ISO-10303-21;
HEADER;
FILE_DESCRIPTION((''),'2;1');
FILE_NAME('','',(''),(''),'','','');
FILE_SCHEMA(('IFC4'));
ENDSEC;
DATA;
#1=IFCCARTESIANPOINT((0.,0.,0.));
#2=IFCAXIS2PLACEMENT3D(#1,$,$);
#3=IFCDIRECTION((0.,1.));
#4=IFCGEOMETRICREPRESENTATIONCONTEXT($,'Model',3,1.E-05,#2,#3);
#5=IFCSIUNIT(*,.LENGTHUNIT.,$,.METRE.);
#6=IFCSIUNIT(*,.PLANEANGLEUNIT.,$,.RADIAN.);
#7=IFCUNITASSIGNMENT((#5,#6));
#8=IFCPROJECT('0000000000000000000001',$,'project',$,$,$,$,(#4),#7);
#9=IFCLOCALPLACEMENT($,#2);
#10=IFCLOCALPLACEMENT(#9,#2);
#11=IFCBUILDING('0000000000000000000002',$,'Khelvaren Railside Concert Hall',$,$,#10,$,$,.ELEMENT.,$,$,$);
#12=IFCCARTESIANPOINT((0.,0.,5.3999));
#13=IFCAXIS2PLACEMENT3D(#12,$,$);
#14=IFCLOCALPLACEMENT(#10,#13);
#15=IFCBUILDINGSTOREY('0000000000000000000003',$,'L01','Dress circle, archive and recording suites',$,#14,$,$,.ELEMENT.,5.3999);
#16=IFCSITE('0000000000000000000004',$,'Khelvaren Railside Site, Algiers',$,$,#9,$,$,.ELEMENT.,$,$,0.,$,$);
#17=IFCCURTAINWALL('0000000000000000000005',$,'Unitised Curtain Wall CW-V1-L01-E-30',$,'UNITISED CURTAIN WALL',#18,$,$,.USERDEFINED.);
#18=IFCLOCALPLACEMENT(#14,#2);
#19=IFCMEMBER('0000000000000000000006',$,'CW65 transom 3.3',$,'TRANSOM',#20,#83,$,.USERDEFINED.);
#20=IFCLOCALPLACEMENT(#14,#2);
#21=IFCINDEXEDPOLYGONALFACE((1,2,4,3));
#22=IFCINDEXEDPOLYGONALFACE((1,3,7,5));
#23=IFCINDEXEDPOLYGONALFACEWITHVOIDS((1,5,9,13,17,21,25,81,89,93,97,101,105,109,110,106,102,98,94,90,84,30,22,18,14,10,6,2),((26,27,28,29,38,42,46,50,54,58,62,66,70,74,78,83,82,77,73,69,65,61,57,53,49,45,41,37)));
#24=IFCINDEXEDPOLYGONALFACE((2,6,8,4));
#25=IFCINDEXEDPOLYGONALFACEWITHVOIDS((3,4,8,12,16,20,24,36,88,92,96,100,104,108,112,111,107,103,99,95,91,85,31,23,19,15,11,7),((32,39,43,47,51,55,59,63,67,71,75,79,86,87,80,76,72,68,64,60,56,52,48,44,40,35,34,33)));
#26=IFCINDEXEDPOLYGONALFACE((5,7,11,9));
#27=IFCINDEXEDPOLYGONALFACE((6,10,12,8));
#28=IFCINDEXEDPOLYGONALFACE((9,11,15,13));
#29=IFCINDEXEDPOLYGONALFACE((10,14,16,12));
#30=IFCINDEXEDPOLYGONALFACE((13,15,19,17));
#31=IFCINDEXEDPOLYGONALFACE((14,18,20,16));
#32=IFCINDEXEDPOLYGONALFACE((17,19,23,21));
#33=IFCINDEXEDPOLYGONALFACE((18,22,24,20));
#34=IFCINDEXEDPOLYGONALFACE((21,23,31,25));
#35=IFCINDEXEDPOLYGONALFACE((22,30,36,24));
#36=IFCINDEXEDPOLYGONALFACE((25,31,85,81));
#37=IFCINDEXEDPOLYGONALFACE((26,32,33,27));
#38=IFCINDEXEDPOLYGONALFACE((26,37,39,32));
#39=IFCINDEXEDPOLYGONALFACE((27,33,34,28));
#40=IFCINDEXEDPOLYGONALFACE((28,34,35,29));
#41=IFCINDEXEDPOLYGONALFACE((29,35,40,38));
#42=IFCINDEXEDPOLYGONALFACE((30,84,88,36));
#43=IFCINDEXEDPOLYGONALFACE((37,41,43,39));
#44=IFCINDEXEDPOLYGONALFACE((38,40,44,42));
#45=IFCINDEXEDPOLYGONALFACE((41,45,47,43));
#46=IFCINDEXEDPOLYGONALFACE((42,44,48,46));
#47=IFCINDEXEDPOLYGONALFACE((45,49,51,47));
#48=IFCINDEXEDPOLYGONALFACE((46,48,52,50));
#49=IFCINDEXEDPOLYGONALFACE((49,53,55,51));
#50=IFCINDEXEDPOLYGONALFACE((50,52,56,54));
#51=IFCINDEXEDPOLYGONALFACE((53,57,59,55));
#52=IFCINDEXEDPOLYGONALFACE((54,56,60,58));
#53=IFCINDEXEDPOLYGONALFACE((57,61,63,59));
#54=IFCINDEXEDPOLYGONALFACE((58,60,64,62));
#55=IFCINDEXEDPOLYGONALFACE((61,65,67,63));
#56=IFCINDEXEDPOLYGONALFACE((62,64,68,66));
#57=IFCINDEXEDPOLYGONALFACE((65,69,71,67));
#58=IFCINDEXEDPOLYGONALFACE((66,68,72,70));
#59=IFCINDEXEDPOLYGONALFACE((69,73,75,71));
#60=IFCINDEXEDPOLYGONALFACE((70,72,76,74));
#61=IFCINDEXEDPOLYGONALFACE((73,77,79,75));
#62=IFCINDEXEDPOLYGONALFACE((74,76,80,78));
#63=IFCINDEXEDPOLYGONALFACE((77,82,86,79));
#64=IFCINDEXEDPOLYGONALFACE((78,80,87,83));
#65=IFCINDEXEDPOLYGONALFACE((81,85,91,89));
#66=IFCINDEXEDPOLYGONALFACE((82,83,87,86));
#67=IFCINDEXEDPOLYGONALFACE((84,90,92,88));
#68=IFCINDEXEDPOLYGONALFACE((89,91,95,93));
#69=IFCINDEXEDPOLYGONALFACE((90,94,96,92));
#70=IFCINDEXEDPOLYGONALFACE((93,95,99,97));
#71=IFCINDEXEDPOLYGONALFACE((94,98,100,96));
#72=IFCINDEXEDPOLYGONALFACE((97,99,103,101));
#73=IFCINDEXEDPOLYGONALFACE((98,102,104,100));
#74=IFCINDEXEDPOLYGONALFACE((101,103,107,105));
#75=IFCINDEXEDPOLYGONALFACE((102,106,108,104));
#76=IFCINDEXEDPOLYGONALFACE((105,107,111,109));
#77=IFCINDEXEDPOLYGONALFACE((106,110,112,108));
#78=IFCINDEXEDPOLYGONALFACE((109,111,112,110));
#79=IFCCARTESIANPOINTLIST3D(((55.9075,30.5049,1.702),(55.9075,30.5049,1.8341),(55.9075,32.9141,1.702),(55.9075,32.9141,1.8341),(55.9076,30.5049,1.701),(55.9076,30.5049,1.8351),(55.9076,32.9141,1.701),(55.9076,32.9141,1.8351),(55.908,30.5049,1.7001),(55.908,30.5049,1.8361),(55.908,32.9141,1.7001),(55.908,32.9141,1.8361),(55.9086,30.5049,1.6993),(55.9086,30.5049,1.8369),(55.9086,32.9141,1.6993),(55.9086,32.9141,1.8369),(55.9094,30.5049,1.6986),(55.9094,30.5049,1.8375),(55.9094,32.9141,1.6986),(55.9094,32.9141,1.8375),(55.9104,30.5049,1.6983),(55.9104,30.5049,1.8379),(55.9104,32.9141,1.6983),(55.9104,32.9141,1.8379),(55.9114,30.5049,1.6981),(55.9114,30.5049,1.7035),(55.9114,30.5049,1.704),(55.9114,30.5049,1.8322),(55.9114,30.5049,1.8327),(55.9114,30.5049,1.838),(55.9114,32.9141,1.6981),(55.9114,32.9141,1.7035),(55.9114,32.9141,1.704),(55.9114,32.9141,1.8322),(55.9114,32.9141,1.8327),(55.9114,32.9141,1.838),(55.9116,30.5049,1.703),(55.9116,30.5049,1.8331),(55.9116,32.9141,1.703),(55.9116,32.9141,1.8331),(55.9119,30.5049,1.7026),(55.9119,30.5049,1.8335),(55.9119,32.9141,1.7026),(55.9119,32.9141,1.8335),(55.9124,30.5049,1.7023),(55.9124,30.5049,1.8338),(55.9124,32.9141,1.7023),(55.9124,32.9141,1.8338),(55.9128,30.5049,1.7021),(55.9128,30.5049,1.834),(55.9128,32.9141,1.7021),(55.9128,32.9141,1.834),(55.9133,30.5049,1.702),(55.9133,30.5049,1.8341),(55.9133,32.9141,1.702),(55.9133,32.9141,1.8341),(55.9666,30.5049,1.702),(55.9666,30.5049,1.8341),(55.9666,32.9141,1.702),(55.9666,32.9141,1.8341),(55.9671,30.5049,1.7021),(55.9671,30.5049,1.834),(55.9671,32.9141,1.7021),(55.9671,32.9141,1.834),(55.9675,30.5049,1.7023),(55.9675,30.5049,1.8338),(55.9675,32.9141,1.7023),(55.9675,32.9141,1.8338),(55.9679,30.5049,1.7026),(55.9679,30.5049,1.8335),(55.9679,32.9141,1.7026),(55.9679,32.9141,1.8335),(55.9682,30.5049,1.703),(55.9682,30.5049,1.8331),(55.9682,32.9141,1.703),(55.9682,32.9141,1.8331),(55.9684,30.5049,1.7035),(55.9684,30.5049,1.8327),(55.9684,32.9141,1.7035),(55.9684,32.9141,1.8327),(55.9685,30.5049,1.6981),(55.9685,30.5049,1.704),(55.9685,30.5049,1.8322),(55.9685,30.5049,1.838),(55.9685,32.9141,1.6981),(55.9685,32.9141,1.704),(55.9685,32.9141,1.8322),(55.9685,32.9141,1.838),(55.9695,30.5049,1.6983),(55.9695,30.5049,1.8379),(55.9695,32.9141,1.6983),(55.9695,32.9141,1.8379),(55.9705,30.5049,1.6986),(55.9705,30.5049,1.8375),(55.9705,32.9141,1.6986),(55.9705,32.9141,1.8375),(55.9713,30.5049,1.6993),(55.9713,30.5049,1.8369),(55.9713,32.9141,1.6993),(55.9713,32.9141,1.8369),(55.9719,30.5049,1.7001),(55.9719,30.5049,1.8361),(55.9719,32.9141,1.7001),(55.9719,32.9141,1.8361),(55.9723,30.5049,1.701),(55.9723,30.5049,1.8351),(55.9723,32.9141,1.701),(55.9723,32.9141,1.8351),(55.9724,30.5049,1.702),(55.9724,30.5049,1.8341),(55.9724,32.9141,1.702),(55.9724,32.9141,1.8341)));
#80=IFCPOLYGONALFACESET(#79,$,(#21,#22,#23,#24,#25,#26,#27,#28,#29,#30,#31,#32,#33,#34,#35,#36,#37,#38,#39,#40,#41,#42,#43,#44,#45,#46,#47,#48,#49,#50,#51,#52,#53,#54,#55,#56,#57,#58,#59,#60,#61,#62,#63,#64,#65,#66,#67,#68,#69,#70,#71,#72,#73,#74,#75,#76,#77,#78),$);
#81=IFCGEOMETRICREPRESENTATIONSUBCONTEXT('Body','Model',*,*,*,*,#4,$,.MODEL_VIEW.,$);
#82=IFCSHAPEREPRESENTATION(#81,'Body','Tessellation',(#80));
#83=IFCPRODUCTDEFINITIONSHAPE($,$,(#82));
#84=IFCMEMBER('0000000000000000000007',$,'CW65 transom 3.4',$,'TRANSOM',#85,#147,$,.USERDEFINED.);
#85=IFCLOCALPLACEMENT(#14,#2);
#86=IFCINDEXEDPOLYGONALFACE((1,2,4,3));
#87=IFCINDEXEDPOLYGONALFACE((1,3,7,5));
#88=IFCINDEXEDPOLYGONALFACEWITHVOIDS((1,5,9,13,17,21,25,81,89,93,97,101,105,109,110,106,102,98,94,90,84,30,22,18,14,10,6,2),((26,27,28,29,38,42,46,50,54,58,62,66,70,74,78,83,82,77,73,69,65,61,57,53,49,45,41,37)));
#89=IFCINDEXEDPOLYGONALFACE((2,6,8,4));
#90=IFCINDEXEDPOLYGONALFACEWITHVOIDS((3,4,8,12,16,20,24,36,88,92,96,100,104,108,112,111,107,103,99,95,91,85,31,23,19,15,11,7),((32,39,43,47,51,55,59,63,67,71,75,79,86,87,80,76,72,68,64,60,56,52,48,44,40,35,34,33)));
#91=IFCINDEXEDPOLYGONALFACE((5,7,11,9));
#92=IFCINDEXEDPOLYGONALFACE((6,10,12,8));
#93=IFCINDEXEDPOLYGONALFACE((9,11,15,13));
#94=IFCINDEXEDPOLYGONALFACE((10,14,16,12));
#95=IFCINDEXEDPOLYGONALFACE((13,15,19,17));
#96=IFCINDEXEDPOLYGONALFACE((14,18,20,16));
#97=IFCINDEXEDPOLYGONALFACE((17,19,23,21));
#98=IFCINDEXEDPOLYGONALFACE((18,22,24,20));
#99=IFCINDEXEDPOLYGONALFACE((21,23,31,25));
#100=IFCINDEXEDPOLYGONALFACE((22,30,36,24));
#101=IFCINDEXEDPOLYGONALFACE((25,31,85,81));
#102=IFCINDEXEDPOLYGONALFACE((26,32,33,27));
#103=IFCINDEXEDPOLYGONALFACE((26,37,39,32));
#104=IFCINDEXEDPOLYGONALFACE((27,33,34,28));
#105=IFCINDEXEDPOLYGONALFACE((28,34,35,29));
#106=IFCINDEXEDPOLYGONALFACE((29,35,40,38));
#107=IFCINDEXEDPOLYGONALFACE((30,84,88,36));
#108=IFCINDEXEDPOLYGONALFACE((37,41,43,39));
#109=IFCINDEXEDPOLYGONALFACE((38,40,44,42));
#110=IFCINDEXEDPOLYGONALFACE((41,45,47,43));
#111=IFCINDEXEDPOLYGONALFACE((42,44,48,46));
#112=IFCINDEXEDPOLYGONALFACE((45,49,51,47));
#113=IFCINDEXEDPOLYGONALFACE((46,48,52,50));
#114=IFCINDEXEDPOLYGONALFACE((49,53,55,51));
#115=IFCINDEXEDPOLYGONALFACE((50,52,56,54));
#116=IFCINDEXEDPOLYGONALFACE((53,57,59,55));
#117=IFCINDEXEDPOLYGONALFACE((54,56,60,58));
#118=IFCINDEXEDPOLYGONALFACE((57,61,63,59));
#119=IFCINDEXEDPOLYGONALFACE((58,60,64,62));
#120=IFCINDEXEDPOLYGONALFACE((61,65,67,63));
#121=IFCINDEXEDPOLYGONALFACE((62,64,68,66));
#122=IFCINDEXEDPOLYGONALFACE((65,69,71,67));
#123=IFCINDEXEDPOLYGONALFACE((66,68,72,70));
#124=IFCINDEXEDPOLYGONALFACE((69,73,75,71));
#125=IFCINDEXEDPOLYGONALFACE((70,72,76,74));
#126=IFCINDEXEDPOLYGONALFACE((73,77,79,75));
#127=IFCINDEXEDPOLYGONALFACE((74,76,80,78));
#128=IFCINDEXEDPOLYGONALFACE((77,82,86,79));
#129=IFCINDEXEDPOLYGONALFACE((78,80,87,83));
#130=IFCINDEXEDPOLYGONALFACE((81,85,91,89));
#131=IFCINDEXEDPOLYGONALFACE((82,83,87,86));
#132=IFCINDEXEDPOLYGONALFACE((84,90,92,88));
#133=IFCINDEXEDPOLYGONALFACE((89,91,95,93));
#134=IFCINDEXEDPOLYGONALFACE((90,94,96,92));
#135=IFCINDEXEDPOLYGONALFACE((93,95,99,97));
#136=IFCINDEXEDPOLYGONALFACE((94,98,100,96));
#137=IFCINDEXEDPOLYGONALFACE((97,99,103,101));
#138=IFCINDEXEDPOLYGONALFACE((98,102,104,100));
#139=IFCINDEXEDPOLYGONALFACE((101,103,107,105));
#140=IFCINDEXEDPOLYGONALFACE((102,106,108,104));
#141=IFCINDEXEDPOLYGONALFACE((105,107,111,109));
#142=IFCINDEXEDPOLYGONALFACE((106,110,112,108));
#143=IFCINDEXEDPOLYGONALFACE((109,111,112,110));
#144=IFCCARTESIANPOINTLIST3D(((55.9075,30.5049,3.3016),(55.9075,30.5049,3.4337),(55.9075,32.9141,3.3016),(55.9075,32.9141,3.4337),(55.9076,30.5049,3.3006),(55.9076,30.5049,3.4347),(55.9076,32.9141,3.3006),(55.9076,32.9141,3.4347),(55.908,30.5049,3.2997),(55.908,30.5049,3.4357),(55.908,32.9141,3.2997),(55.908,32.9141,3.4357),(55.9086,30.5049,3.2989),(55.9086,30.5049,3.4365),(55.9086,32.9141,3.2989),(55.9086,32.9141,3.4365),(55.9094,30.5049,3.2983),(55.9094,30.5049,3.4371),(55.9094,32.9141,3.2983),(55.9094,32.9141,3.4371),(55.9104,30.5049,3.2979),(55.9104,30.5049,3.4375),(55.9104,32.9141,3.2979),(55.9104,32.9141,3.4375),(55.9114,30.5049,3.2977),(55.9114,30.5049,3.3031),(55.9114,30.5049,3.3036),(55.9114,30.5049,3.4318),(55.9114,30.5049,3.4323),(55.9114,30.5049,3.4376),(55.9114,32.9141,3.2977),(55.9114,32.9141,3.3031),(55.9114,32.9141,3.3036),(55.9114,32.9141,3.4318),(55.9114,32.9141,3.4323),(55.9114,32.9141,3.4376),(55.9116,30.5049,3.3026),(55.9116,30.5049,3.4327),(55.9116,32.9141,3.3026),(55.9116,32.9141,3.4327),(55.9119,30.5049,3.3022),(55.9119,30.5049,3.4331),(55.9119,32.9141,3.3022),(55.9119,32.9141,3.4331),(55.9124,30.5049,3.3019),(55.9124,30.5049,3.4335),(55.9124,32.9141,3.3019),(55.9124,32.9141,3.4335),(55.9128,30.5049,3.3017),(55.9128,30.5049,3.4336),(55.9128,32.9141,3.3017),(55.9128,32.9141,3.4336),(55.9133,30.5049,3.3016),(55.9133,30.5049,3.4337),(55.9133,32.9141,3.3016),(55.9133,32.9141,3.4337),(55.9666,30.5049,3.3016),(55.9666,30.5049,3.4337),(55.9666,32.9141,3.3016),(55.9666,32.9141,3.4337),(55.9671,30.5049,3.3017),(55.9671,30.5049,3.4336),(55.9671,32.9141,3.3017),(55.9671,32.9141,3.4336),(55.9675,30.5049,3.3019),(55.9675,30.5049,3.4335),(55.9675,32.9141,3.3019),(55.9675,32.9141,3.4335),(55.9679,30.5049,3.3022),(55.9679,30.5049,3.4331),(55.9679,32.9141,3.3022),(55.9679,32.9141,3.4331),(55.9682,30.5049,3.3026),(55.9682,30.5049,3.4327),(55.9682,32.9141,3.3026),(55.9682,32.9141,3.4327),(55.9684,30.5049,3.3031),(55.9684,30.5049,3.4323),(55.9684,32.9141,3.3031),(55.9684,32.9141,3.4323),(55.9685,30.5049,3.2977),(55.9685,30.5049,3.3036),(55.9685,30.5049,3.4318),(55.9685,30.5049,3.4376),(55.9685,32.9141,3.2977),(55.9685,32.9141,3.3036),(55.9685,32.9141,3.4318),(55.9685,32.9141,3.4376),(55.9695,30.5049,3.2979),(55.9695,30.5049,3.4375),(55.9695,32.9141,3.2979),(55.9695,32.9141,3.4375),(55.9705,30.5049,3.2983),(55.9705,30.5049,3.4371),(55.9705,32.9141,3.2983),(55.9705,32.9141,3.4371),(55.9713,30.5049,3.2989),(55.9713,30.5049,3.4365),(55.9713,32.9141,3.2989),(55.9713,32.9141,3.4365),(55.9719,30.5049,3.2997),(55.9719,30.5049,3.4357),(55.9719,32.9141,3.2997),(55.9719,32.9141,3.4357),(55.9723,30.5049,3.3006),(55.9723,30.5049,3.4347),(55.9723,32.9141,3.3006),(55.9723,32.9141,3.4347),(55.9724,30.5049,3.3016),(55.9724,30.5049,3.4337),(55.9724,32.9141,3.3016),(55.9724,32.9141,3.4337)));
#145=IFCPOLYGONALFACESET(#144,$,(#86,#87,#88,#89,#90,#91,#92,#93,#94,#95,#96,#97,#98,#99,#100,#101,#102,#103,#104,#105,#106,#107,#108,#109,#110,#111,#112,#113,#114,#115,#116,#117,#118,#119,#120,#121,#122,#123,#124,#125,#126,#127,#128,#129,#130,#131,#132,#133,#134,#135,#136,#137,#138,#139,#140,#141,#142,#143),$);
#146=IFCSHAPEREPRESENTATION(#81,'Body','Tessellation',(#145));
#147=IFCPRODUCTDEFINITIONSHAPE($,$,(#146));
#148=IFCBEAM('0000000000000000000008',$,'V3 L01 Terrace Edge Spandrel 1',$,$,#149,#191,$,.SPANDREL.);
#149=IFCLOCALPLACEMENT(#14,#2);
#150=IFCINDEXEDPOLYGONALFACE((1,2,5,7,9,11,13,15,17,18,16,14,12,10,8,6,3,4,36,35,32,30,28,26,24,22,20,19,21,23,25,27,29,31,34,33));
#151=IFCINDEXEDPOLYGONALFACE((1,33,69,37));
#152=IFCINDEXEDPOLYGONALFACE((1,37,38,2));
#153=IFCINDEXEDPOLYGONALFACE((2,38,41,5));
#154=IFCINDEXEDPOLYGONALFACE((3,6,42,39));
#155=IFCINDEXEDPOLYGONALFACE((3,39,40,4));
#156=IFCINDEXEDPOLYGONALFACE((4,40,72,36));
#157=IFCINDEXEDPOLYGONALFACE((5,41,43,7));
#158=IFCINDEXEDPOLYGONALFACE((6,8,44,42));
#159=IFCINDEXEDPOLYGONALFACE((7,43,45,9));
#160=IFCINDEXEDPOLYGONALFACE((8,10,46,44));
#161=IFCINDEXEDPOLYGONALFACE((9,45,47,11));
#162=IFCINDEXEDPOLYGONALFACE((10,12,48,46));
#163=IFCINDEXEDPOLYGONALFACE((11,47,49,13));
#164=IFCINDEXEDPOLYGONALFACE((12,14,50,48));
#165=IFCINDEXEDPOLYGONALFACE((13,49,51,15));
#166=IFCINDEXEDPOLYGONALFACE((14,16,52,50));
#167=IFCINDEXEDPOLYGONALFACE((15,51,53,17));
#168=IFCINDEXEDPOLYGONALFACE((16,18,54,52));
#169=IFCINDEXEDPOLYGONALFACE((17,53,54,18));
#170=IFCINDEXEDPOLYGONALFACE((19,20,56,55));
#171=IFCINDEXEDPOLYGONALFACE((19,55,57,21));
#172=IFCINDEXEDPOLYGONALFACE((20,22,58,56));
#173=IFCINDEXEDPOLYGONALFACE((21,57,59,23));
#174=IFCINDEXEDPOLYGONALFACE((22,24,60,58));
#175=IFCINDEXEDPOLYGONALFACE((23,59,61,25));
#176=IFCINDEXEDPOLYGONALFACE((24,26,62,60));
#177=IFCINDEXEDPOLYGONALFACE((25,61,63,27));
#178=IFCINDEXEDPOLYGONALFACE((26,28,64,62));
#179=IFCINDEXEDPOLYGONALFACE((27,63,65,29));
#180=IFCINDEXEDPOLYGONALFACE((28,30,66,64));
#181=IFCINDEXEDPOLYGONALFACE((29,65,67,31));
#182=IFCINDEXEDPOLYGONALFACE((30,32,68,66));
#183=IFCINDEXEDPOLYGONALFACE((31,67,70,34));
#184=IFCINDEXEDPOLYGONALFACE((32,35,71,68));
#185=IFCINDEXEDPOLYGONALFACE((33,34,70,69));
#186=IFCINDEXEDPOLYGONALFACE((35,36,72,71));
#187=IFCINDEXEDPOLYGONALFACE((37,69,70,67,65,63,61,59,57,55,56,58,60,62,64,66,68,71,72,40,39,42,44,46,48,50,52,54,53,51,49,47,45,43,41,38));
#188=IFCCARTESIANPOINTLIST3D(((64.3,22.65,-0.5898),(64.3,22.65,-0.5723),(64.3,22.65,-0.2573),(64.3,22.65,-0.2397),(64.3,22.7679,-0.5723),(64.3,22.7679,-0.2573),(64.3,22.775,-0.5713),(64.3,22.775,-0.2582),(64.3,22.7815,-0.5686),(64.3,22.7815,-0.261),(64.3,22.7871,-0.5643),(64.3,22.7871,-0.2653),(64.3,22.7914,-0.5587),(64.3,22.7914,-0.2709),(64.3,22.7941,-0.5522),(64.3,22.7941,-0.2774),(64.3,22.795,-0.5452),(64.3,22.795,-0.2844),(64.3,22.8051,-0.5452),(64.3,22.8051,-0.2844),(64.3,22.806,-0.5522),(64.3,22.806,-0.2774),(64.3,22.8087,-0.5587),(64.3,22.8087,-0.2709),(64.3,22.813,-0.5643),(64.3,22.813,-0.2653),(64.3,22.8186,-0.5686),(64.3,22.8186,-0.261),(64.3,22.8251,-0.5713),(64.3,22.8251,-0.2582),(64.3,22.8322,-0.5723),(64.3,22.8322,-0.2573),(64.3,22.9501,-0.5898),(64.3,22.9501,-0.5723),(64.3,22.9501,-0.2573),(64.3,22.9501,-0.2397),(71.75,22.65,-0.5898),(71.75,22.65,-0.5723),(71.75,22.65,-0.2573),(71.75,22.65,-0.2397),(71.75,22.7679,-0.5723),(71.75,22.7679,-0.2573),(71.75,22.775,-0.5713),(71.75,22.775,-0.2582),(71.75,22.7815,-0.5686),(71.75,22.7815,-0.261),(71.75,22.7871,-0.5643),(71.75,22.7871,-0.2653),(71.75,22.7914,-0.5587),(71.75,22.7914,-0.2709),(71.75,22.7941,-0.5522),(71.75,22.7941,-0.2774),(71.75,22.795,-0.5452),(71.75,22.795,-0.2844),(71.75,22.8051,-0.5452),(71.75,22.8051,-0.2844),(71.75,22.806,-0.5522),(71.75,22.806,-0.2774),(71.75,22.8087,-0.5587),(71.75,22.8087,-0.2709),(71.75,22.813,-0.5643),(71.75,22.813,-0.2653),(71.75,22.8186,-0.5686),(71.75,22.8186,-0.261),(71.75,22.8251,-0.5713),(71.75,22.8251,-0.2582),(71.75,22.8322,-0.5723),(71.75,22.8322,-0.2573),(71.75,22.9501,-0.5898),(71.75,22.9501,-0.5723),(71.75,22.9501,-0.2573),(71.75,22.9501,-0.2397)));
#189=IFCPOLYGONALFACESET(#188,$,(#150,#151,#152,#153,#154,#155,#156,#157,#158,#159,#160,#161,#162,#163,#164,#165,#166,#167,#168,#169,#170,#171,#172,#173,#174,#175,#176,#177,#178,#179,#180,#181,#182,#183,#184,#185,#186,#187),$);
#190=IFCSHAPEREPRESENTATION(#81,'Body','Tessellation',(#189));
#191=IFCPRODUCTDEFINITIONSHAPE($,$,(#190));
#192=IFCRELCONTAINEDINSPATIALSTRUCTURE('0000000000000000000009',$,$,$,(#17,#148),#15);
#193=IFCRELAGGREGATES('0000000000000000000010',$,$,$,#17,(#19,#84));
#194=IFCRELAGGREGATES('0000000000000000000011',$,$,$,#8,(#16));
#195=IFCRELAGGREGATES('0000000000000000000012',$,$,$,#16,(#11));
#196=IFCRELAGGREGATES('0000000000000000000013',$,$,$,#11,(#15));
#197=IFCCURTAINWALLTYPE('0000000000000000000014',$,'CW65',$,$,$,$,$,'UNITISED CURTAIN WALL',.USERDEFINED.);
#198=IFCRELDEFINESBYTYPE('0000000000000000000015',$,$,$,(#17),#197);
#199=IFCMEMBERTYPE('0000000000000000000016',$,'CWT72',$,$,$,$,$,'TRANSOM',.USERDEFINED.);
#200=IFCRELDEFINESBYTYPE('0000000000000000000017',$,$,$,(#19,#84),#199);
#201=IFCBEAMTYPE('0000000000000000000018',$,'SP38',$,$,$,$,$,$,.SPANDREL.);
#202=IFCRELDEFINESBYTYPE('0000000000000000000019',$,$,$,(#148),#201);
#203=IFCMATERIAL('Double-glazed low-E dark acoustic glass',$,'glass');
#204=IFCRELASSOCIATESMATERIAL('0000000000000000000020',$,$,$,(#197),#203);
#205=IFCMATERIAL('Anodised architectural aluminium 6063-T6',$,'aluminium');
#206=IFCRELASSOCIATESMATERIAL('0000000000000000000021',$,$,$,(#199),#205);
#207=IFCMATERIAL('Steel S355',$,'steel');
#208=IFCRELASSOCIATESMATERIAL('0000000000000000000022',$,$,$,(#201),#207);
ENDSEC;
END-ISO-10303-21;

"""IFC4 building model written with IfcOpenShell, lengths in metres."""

from ifc_helpers import new_model, si_unit, direction, frame, origin, origin_2d, place, context, subcontext, project, spatial, hollow_rectangle, i_section, extrude, material, material_profile, profile_set, type_object, element, aggregate, save


model = new_model("IFC4")

# Units and contexts
model_context = context("Model", 3, precision=1e-05, world=origin(), true_north=direction((0.0, 1.0)))
body_context = subcontext(model_context, "Body", "Model", "MODEL_VIEW")
ifc_project = project(units=[si_unit("LENGTHUNIT", "METRE"), si_unit("PLANEANGLEUNIT", "RADIAN")], contexts=[model_context])

# Site, building, storey
site_placement = place(None, origin())
site = spatial("IfcSite", under=ifc_project, at=site_placement, Name="Khelvaren Railside Site, Algiers", CompositionType="ELEMENT", RefElevation=0.0)
building_placement = place(site_placement, origin())
building = spatial("IfcBuilding", under=site, at=building_placement, Name="Khelvaren Railside Concert Hall", CompositionType="ELEMENT")
storey_placement = place(building_placement, frame((0.0, 0.0, 5.3999)))
storey = spatial("IfcBuildingStorey", under=building, at=storey_placement, Name="L01", Description="Dress circle, archive and recording suites", CompositionType="ELEMENT", Elevation=5.3999)

# Curtain wall
ifc_material_1 = material(Name="Double-glazed low-E dark acoustic glass", Category="glass")
curtain_wall_type_1 = type_object("IfcCurtainWallType", Name="CW65", ElementType="UNITISED CURTAIN WALL", PredefinedType="USERDEFINED", material=ifc_material_1)
curtain_wall_1_placement = place(storey_placement, origin())
curtain_wall_1 = element("IfcCurtainWall", 1, at=curtain_wall_1_placement, inside=storey, type_object=curtain_wall_type_1, Name="Unitised Curtain Wall CW-V1-L01-E-30", ObjectType="UNITISED CURTAIN WALL", PredefinedType="USERDEFINED")
ifc_material_2 = material(Name="Anodised architectural aluminium 6063-T6", Category="aluminium")

# Members
ifc_material_profile_1 = material_profile(ifc_material_2, hollow_rectangle(XDim=0.0649, YDim=0.1399, WallThickness=0.0039, InnerFilletRadius=0.002, OuterFilletRadius=0.0039, at=origin_2d()), Name="CWT 65x140x4")
ifc_profile_set_1 = profile_set([ifc_material_profile_1], Name="Anodised architectural aluminium 6063-T6")
member_type_1 = type_object("IfcMemberType", Name="CWT72", ElementType="TRANSOM", PredefinedType="USERDEFINED", material=ifc_profile_set_1)
member_1_placement = place(storey_placement, frame((55.9399, 32.9141, 1.7681), z_axis=(0.0, -1.0, 0.0), x_axis=(1.0, 0.0, 0.0)))
member_1 = element("IfcMember", 2, at=member_1_placement, type_object=member_type_1, Name="CW65 transom 3.3", ObjectType="TRANSOM", PredefinedType="USERDEFINED", context=body_context, shape_type="SweptSolid", body=[
    extrude(hollow_rectangle(XDim=0.0649, YDim=0.1399, WallThickness=0.0039, InnerFilletRadius=0.002, OuterFilletRadius=0.0039, at=origin_2d()), origin(), (0.0, 0.0, 1.0), 2.4092),
])
member_2_placement = place(storey_placement, frame((55.9399, 32.9141, 3.3677), z_axis=(0.0, -1.0, 0.0), x_axis=(1.0, 0.0, 0.0)))
member_2 = element("IfcMember", 3, at=member_2_placement, type_object=member_type_1, Name="CW65 transom 3.4", ObjectType="TRANSOM", PredefinedType="USERDEFINED", context=body_context, shape_type="SweptSolid", body=[
    extrude(hollow_rectangle(XDim=0.0649, YDim=0.1399, WallThickness=0.0039, InnerFilletRadius=0.002, OuterFilletRadius=0.0039, at=origin_2d()), origin(), (0.0, 0.0, 1.0), 2.4092),
])

# Beam
ifc_material_3 = material(Name="Steel S355", Category="steel")
ifc_material_profile_2 = material_profile(ifc_material_3, i_section(OverallWidth=0.3, OverallDepth=0.3501, WebThickness=0.01, FlangeThickness=0.0176, FilletRadius=0.0271, at=origin_2d()), Name="HEA 360")
ifc_profile_set_2 = profile_set([ifc_material_profile_2], Name="Steel S355")
beam_type = type_object("IfcBeamType", Name="SP38", PredefinedType="SPANDREL", material=ifc_profile_set_2)
beam_1_placement = place(storey_placement, frame((64.3, 22.8, -0.4148), z_axis=(1.0, 0.0, 0.0), x_axis=(0.0, 1.0, 0.0)))
element("IfcBeam", 4, at=beam_1_placement, inside=storey, type_object=beam_type, Name="V3 L01 Terrace Edge Spandrel 1", PredefinedType="SPANDREL", context=body_context, shape_type="SweptSolid", body=[
    extrude(i_section(OverallWidth=0.3, OverallDepth=0.3501, WebThickness=0.01, FlangeThickness=0.0176, FilletRadius=0.0271, at=origin_2d()), origin(), (0.0, 0.0, 1.0), 7.45),
])

aggregate(curtain_wall_1, [member_1, member_2])

save(model, "model.ifc")
